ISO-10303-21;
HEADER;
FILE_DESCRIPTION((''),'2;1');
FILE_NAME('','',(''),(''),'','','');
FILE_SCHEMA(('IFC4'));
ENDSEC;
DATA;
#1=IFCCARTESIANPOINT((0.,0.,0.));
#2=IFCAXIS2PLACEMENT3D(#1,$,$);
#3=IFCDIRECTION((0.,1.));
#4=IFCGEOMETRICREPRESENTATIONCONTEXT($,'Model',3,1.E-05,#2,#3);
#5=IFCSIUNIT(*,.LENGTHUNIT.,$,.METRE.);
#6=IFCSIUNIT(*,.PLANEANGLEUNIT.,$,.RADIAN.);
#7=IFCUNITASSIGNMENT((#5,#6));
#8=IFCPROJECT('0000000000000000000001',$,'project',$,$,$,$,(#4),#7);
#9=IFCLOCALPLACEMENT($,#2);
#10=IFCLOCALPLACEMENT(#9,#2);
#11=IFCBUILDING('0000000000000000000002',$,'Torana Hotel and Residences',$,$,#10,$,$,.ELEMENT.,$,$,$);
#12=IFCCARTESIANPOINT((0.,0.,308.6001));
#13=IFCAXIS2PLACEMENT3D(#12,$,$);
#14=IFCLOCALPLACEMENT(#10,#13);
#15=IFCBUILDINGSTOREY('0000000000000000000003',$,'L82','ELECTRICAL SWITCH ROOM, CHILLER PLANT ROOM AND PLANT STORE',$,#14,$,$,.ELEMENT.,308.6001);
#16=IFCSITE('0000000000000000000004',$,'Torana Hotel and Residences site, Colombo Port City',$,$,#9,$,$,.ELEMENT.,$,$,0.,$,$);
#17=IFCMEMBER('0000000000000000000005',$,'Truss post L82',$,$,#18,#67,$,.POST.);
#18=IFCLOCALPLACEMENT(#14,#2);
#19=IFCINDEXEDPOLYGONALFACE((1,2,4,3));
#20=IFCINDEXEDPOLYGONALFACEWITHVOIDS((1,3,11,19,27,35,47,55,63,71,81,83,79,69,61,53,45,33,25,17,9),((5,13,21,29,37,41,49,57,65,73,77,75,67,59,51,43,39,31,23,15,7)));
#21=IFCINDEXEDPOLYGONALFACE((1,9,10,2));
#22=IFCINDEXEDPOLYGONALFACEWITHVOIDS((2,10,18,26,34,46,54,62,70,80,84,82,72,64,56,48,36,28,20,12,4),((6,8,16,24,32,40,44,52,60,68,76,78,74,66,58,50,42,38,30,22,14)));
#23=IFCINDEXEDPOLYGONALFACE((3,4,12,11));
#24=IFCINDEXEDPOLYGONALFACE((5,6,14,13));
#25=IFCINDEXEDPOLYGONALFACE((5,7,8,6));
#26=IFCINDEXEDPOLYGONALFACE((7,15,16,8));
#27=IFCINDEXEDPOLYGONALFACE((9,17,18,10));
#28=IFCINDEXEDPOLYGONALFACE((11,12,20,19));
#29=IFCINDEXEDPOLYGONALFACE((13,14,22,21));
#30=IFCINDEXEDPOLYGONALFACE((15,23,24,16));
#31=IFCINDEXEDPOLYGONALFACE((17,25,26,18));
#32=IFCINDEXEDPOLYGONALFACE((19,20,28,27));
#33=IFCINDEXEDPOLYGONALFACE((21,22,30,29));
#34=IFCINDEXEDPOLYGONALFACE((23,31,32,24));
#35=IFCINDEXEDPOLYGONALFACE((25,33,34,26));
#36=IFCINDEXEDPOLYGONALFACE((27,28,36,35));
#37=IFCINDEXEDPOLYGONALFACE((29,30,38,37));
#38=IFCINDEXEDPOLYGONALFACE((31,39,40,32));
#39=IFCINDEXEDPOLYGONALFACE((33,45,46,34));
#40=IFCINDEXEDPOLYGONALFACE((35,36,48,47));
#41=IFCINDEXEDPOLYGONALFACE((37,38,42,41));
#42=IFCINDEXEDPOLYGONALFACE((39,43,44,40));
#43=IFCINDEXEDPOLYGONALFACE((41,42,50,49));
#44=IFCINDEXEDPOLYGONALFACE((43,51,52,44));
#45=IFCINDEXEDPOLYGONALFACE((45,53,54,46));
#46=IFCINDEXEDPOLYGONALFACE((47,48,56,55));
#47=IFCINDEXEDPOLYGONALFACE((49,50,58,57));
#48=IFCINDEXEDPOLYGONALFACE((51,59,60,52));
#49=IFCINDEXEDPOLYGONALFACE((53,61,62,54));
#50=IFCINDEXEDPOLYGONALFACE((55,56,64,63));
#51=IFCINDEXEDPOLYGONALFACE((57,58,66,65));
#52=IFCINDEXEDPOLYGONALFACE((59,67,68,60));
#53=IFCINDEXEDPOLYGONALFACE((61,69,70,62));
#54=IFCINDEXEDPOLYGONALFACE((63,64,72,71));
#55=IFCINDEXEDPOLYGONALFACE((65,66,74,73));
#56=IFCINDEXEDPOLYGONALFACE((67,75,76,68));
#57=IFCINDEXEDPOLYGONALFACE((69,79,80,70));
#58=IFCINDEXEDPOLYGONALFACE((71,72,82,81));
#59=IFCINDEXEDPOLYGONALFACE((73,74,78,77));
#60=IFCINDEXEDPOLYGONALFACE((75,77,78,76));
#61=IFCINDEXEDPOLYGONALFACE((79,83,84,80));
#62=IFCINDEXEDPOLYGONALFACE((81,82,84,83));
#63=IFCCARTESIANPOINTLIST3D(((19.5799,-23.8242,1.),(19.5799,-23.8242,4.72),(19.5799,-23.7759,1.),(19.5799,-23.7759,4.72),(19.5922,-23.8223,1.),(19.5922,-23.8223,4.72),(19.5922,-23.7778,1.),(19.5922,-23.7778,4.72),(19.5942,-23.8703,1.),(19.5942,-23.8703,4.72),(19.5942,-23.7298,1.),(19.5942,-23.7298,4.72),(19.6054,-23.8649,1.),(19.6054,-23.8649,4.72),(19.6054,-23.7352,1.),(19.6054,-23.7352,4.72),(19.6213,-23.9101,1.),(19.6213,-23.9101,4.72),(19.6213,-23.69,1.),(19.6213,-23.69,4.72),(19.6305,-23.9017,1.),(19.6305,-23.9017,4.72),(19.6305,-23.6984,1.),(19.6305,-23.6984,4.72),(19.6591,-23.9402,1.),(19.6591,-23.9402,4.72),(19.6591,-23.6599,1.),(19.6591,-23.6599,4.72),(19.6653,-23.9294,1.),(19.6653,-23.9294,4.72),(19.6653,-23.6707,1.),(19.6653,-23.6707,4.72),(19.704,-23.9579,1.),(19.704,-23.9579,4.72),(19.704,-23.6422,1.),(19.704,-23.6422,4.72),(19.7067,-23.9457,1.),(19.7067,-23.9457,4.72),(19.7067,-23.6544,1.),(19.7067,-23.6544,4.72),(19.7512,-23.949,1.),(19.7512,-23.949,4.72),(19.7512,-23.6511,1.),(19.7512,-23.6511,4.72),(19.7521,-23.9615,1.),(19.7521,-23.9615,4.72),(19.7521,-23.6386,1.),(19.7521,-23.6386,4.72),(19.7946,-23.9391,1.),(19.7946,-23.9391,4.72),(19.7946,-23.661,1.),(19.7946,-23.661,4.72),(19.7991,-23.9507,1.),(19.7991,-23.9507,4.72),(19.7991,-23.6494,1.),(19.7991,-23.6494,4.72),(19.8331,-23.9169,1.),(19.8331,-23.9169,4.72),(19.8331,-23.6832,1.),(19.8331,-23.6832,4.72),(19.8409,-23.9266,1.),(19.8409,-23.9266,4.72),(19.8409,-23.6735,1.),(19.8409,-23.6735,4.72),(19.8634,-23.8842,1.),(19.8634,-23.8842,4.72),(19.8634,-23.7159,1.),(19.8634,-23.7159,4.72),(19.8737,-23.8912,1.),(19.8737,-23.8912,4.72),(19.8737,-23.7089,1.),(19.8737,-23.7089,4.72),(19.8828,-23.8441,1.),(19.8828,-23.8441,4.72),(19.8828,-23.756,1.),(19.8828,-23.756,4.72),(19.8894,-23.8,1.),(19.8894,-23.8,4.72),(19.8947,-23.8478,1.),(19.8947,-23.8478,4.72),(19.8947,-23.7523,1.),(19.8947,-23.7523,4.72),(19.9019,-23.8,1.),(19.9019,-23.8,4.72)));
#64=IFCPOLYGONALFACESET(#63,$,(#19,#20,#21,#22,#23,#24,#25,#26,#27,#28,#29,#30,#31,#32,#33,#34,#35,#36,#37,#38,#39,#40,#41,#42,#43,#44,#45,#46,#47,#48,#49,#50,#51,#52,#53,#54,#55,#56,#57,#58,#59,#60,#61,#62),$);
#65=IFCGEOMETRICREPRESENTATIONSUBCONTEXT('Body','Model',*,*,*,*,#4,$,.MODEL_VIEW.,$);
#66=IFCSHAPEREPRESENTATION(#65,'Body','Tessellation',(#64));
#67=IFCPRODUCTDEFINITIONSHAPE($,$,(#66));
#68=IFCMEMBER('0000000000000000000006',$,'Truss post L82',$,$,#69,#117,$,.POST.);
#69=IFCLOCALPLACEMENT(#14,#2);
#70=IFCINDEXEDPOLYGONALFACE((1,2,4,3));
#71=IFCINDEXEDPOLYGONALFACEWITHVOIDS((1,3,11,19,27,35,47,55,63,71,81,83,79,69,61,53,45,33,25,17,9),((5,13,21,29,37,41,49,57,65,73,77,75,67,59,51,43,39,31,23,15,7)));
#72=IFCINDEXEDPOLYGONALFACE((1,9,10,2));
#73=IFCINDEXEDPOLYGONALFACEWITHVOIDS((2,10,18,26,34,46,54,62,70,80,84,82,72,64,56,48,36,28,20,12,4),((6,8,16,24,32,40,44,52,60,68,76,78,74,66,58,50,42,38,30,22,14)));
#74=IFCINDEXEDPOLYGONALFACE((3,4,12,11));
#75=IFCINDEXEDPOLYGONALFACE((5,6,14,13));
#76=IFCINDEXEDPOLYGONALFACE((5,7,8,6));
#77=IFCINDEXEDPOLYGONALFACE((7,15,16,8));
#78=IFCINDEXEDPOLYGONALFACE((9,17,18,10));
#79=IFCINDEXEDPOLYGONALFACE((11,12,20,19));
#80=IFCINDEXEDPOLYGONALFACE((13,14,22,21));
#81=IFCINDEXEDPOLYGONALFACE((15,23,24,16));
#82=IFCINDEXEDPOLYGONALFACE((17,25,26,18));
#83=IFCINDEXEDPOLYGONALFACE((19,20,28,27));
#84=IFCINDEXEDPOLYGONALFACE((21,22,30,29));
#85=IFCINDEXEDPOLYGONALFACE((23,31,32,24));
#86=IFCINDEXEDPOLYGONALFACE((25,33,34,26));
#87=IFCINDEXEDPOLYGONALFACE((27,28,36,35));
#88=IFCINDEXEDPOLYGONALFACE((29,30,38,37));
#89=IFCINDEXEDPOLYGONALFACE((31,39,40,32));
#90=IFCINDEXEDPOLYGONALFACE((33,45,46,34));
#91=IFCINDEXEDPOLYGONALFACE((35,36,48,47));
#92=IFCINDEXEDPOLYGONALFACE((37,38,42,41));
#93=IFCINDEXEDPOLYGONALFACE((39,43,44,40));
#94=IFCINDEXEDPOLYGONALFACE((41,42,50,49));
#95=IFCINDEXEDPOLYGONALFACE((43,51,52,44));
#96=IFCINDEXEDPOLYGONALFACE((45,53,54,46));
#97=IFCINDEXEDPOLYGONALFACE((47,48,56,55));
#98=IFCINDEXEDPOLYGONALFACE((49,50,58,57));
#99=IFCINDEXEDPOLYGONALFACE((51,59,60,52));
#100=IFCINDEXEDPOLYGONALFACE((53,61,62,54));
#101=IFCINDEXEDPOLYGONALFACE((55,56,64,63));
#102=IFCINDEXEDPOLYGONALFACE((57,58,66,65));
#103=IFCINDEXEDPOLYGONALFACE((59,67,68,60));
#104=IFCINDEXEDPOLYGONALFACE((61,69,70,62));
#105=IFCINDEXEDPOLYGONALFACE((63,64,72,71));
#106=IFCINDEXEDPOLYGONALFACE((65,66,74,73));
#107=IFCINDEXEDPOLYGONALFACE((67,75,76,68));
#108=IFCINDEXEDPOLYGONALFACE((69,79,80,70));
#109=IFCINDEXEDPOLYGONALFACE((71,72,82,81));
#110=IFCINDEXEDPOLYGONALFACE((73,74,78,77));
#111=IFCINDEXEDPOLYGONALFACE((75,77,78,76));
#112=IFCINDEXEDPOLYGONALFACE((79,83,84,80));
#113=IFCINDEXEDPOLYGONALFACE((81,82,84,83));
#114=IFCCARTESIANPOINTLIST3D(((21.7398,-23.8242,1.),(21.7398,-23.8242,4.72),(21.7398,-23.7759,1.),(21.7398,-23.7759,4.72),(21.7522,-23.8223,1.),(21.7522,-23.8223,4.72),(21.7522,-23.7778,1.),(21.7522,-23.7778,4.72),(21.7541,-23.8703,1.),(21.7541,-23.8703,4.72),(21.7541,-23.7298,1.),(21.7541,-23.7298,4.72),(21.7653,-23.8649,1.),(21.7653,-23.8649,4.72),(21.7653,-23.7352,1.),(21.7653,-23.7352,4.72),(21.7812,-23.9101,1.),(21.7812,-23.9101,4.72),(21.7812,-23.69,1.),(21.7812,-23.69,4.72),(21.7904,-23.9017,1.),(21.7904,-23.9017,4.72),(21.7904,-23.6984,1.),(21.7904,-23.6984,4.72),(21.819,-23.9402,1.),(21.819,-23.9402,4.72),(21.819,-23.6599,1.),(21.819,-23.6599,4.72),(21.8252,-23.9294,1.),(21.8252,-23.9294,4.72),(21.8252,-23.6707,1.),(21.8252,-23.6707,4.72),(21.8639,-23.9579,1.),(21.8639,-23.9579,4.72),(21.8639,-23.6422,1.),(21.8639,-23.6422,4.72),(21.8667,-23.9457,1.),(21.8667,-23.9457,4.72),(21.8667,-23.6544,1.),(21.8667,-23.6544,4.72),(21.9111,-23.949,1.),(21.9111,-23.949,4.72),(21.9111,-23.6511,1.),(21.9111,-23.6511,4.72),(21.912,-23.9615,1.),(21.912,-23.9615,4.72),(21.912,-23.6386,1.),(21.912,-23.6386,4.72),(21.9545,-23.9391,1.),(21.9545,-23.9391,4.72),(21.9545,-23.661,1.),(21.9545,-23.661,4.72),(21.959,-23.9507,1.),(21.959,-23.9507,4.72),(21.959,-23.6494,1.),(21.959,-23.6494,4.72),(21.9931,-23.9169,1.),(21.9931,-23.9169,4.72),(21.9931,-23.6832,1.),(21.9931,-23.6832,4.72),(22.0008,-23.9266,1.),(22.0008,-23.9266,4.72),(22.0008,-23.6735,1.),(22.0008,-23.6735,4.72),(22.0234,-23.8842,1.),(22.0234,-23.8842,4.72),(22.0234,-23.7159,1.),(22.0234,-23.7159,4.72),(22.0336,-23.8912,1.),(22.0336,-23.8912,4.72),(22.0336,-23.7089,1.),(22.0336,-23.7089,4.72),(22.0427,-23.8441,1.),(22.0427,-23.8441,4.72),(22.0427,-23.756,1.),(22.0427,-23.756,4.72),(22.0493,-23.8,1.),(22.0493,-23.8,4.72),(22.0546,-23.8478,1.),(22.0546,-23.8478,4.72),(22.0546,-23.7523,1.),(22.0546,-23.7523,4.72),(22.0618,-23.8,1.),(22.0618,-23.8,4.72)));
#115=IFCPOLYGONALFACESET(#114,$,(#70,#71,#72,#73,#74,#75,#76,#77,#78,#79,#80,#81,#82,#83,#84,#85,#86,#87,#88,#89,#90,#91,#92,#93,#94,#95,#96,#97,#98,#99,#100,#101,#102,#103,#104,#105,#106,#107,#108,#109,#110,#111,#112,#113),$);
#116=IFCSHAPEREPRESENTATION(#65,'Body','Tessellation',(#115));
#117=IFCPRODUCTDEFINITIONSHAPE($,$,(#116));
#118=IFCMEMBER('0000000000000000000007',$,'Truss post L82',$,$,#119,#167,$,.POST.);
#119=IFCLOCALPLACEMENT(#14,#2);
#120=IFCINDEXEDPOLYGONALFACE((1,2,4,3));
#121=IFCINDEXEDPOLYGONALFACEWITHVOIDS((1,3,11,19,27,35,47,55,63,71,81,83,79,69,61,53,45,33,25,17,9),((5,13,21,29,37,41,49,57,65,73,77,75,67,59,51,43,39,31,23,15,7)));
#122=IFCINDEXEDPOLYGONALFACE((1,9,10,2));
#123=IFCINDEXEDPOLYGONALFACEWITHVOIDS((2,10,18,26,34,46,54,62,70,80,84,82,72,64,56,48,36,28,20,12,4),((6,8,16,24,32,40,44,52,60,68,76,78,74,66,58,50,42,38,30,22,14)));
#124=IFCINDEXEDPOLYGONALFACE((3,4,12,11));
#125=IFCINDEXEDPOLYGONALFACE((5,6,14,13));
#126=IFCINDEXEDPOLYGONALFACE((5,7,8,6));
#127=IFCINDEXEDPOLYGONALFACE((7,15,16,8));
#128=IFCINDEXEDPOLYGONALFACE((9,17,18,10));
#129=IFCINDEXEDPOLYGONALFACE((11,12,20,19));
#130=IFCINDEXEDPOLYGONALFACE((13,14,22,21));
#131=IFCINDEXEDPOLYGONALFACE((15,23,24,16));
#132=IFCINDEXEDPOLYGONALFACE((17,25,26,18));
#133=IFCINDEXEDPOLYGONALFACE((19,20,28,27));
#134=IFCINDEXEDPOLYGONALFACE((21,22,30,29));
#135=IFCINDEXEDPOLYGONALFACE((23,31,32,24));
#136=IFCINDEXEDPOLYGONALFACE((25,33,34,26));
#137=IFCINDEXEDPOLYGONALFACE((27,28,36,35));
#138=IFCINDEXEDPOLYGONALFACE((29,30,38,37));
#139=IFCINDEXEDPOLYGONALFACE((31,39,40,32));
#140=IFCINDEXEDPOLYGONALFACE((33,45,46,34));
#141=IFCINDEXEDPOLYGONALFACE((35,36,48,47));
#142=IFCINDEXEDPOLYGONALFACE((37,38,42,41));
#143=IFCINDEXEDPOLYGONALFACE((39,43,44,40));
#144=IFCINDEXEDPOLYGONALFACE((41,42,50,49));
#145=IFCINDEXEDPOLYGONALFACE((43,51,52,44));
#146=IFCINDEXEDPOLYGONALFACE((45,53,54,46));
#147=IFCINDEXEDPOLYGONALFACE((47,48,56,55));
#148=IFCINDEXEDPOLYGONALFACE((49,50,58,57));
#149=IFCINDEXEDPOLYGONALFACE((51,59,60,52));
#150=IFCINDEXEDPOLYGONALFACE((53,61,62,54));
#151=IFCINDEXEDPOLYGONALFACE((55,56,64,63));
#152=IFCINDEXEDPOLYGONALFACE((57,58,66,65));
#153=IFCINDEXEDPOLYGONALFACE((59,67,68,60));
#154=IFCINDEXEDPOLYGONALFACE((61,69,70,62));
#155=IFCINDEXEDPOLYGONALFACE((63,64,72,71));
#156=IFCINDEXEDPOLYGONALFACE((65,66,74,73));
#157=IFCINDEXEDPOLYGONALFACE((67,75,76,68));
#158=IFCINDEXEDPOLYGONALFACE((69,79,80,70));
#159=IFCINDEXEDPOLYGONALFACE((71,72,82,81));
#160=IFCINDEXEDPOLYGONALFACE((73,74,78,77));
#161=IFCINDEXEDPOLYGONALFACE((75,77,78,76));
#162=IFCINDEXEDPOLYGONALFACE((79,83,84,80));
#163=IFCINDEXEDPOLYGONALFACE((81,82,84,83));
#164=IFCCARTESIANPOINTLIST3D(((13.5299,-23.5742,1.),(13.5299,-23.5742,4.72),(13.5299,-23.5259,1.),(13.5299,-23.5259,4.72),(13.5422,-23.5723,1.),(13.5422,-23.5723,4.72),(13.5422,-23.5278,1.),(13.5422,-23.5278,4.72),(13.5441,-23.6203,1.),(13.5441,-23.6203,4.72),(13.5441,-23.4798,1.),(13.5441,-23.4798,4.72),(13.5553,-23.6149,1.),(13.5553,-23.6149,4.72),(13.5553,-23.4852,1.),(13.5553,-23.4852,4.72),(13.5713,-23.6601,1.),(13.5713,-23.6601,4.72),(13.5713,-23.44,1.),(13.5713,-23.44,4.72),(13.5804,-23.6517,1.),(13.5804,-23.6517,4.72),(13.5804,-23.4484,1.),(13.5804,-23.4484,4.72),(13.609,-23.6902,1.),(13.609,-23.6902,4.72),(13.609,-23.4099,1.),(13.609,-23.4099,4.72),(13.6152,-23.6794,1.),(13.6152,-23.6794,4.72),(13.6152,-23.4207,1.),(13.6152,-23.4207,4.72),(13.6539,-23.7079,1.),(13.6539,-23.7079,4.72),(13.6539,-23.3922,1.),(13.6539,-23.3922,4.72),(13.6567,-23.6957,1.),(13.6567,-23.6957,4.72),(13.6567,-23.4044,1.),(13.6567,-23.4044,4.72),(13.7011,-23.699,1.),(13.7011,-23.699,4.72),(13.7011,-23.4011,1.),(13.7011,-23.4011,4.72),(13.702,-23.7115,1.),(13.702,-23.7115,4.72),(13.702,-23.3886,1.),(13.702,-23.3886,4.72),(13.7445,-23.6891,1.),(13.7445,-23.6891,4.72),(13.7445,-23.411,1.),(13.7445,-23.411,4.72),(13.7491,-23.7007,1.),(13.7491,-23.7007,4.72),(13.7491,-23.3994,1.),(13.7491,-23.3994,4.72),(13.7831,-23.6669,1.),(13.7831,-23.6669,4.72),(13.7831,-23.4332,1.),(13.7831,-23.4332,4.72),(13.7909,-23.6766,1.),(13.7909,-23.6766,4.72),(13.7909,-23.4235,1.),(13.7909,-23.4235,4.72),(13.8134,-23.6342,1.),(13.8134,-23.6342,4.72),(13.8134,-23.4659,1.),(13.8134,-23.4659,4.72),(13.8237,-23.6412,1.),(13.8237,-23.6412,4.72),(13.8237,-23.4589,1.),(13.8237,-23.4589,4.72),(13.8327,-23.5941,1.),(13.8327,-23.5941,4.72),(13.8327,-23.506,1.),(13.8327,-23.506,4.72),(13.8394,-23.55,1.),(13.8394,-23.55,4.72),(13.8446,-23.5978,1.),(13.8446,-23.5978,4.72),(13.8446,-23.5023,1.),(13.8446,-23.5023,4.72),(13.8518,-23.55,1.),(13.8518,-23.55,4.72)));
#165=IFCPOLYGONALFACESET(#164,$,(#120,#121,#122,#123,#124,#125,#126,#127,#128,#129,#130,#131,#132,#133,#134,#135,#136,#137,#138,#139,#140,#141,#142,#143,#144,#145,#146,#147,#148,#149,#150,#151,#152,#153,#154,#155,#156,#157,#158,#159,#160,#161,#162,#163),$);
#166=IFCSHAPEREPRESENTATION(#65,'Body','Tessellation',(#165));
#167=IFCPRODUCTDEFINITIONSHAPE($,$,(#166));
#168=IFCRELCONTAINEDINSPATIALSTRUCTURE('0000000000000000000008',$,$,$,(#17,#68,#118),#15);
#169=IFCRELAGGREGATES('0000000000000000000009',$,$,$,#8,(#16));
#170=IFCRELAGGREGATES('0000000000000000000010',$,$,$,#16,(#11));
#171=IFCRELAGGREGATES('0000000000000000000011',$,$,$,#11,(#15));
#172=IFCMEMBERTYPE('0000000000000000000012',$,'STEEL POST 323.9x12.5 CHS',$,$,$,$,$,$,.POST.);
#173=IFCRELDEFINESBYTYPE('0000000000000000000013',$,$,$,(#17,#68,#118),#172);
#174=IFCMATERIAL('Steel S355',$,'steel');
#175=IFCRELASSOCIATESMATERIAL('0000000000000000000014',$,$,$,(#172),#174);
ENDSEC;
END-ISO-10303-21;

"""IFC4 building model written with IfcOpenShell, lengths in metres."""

from ifc_helpers import new_model, si_unit, direction, frame, origin, origin_2d, place, context, subcontext, project, spatial, hollow_circle, extrude, material, material_profile, profile_set, type_object, element, save


model = new_model("IFC4")

# Units and contexts
model_context = context("Model", 3, precision=1e-05, world=origin(), true_north=direction((0.0, 1.0)))
body_context = subcontext(model_context, "Body", "Model", "MODEL_VIEW")
ifc_project = project(units=[si_unit("LENGTHUNIT", "METRE"), si_unit("PLANEANGLEUNIT", "RADIAN")], contexts=[model_context])

# Site, building, storey
site_placement = place(None, origin())
site = spatial("IfcSite", under=ifc_project, at=site_placement, Name="Torana Hotel and Residences site, Colombo Port City", CompositionType="ELEMENT", RefElevation=0.0)
building_placement = place(site_placement, origin())
building = spatial("IfcBuilding", under=site, at=building_placement, Name="Torana Hotel and Residences", CompositionType="ELEMENT")
storey_placement = place(building_placement, frame((0.0, 0.0, 308.6001)))
storey = spatial("IfcBuildingStorey", under=building, at=storey_placement, Name="L82", Description="ELECTRICAL SWITCH ROOM, CHILLER PLANT ROOM AND PLANT STORE", CompositionType="ELEMENT", Elevation=308.6001)

# Members
ifc_material_1 = material(Name="Steel S355", Category="steel")
ifc_material_profile_1 = material_profile(ifc_material_1, hollow_circle(Radius=0.1619, WallThickness=0.0125, at=origin_2d()), Name="323.9x12.5 CHS")
ifc_profile_set_1 = profile_set([ifc_material_profile_1], Name="Steel S355")
member_type_1 = type_object("IfcMemberType", Name="STEEL POST 323.9x12.5 CHS", PredefinedType="POST", material=ifc_profile_set_1)
for number, where, z_axis, x_axis, name in (
    (1, (19.74, -23.8, 1.0), (0.0, 0.0, 1.0), (1.0, 0.0, 0.0), "Truss post L82"),
    (2, (21.8999, -23.8, 1.0), (0.0, 0.0, 1.0), (1.0, 0.0, 0.0), "Truss post L82"),
    (3, (13.6899, -23.55, 1.0), (0.0, 0.0, 1.0), (1.0, 0.0, 0.0), "Truss post L82"),
):
    element("IfcMember", number, at=place(storey_placement, frame(where, z_axis=z_axis, x_axis=x_axis)), inside=storey, type_object=member_type_1, Name=name, PredefinedType="POST", context=body_context, shape_type="SweptSolid", body=[
        extrude(hollow_circle(Radius=0.1619, WallThickness=0.0125, at=origin_2d()), origin(), (0.0, 0.0, 1.0), 3.72),
    ])

save(model, "model.ifc")
